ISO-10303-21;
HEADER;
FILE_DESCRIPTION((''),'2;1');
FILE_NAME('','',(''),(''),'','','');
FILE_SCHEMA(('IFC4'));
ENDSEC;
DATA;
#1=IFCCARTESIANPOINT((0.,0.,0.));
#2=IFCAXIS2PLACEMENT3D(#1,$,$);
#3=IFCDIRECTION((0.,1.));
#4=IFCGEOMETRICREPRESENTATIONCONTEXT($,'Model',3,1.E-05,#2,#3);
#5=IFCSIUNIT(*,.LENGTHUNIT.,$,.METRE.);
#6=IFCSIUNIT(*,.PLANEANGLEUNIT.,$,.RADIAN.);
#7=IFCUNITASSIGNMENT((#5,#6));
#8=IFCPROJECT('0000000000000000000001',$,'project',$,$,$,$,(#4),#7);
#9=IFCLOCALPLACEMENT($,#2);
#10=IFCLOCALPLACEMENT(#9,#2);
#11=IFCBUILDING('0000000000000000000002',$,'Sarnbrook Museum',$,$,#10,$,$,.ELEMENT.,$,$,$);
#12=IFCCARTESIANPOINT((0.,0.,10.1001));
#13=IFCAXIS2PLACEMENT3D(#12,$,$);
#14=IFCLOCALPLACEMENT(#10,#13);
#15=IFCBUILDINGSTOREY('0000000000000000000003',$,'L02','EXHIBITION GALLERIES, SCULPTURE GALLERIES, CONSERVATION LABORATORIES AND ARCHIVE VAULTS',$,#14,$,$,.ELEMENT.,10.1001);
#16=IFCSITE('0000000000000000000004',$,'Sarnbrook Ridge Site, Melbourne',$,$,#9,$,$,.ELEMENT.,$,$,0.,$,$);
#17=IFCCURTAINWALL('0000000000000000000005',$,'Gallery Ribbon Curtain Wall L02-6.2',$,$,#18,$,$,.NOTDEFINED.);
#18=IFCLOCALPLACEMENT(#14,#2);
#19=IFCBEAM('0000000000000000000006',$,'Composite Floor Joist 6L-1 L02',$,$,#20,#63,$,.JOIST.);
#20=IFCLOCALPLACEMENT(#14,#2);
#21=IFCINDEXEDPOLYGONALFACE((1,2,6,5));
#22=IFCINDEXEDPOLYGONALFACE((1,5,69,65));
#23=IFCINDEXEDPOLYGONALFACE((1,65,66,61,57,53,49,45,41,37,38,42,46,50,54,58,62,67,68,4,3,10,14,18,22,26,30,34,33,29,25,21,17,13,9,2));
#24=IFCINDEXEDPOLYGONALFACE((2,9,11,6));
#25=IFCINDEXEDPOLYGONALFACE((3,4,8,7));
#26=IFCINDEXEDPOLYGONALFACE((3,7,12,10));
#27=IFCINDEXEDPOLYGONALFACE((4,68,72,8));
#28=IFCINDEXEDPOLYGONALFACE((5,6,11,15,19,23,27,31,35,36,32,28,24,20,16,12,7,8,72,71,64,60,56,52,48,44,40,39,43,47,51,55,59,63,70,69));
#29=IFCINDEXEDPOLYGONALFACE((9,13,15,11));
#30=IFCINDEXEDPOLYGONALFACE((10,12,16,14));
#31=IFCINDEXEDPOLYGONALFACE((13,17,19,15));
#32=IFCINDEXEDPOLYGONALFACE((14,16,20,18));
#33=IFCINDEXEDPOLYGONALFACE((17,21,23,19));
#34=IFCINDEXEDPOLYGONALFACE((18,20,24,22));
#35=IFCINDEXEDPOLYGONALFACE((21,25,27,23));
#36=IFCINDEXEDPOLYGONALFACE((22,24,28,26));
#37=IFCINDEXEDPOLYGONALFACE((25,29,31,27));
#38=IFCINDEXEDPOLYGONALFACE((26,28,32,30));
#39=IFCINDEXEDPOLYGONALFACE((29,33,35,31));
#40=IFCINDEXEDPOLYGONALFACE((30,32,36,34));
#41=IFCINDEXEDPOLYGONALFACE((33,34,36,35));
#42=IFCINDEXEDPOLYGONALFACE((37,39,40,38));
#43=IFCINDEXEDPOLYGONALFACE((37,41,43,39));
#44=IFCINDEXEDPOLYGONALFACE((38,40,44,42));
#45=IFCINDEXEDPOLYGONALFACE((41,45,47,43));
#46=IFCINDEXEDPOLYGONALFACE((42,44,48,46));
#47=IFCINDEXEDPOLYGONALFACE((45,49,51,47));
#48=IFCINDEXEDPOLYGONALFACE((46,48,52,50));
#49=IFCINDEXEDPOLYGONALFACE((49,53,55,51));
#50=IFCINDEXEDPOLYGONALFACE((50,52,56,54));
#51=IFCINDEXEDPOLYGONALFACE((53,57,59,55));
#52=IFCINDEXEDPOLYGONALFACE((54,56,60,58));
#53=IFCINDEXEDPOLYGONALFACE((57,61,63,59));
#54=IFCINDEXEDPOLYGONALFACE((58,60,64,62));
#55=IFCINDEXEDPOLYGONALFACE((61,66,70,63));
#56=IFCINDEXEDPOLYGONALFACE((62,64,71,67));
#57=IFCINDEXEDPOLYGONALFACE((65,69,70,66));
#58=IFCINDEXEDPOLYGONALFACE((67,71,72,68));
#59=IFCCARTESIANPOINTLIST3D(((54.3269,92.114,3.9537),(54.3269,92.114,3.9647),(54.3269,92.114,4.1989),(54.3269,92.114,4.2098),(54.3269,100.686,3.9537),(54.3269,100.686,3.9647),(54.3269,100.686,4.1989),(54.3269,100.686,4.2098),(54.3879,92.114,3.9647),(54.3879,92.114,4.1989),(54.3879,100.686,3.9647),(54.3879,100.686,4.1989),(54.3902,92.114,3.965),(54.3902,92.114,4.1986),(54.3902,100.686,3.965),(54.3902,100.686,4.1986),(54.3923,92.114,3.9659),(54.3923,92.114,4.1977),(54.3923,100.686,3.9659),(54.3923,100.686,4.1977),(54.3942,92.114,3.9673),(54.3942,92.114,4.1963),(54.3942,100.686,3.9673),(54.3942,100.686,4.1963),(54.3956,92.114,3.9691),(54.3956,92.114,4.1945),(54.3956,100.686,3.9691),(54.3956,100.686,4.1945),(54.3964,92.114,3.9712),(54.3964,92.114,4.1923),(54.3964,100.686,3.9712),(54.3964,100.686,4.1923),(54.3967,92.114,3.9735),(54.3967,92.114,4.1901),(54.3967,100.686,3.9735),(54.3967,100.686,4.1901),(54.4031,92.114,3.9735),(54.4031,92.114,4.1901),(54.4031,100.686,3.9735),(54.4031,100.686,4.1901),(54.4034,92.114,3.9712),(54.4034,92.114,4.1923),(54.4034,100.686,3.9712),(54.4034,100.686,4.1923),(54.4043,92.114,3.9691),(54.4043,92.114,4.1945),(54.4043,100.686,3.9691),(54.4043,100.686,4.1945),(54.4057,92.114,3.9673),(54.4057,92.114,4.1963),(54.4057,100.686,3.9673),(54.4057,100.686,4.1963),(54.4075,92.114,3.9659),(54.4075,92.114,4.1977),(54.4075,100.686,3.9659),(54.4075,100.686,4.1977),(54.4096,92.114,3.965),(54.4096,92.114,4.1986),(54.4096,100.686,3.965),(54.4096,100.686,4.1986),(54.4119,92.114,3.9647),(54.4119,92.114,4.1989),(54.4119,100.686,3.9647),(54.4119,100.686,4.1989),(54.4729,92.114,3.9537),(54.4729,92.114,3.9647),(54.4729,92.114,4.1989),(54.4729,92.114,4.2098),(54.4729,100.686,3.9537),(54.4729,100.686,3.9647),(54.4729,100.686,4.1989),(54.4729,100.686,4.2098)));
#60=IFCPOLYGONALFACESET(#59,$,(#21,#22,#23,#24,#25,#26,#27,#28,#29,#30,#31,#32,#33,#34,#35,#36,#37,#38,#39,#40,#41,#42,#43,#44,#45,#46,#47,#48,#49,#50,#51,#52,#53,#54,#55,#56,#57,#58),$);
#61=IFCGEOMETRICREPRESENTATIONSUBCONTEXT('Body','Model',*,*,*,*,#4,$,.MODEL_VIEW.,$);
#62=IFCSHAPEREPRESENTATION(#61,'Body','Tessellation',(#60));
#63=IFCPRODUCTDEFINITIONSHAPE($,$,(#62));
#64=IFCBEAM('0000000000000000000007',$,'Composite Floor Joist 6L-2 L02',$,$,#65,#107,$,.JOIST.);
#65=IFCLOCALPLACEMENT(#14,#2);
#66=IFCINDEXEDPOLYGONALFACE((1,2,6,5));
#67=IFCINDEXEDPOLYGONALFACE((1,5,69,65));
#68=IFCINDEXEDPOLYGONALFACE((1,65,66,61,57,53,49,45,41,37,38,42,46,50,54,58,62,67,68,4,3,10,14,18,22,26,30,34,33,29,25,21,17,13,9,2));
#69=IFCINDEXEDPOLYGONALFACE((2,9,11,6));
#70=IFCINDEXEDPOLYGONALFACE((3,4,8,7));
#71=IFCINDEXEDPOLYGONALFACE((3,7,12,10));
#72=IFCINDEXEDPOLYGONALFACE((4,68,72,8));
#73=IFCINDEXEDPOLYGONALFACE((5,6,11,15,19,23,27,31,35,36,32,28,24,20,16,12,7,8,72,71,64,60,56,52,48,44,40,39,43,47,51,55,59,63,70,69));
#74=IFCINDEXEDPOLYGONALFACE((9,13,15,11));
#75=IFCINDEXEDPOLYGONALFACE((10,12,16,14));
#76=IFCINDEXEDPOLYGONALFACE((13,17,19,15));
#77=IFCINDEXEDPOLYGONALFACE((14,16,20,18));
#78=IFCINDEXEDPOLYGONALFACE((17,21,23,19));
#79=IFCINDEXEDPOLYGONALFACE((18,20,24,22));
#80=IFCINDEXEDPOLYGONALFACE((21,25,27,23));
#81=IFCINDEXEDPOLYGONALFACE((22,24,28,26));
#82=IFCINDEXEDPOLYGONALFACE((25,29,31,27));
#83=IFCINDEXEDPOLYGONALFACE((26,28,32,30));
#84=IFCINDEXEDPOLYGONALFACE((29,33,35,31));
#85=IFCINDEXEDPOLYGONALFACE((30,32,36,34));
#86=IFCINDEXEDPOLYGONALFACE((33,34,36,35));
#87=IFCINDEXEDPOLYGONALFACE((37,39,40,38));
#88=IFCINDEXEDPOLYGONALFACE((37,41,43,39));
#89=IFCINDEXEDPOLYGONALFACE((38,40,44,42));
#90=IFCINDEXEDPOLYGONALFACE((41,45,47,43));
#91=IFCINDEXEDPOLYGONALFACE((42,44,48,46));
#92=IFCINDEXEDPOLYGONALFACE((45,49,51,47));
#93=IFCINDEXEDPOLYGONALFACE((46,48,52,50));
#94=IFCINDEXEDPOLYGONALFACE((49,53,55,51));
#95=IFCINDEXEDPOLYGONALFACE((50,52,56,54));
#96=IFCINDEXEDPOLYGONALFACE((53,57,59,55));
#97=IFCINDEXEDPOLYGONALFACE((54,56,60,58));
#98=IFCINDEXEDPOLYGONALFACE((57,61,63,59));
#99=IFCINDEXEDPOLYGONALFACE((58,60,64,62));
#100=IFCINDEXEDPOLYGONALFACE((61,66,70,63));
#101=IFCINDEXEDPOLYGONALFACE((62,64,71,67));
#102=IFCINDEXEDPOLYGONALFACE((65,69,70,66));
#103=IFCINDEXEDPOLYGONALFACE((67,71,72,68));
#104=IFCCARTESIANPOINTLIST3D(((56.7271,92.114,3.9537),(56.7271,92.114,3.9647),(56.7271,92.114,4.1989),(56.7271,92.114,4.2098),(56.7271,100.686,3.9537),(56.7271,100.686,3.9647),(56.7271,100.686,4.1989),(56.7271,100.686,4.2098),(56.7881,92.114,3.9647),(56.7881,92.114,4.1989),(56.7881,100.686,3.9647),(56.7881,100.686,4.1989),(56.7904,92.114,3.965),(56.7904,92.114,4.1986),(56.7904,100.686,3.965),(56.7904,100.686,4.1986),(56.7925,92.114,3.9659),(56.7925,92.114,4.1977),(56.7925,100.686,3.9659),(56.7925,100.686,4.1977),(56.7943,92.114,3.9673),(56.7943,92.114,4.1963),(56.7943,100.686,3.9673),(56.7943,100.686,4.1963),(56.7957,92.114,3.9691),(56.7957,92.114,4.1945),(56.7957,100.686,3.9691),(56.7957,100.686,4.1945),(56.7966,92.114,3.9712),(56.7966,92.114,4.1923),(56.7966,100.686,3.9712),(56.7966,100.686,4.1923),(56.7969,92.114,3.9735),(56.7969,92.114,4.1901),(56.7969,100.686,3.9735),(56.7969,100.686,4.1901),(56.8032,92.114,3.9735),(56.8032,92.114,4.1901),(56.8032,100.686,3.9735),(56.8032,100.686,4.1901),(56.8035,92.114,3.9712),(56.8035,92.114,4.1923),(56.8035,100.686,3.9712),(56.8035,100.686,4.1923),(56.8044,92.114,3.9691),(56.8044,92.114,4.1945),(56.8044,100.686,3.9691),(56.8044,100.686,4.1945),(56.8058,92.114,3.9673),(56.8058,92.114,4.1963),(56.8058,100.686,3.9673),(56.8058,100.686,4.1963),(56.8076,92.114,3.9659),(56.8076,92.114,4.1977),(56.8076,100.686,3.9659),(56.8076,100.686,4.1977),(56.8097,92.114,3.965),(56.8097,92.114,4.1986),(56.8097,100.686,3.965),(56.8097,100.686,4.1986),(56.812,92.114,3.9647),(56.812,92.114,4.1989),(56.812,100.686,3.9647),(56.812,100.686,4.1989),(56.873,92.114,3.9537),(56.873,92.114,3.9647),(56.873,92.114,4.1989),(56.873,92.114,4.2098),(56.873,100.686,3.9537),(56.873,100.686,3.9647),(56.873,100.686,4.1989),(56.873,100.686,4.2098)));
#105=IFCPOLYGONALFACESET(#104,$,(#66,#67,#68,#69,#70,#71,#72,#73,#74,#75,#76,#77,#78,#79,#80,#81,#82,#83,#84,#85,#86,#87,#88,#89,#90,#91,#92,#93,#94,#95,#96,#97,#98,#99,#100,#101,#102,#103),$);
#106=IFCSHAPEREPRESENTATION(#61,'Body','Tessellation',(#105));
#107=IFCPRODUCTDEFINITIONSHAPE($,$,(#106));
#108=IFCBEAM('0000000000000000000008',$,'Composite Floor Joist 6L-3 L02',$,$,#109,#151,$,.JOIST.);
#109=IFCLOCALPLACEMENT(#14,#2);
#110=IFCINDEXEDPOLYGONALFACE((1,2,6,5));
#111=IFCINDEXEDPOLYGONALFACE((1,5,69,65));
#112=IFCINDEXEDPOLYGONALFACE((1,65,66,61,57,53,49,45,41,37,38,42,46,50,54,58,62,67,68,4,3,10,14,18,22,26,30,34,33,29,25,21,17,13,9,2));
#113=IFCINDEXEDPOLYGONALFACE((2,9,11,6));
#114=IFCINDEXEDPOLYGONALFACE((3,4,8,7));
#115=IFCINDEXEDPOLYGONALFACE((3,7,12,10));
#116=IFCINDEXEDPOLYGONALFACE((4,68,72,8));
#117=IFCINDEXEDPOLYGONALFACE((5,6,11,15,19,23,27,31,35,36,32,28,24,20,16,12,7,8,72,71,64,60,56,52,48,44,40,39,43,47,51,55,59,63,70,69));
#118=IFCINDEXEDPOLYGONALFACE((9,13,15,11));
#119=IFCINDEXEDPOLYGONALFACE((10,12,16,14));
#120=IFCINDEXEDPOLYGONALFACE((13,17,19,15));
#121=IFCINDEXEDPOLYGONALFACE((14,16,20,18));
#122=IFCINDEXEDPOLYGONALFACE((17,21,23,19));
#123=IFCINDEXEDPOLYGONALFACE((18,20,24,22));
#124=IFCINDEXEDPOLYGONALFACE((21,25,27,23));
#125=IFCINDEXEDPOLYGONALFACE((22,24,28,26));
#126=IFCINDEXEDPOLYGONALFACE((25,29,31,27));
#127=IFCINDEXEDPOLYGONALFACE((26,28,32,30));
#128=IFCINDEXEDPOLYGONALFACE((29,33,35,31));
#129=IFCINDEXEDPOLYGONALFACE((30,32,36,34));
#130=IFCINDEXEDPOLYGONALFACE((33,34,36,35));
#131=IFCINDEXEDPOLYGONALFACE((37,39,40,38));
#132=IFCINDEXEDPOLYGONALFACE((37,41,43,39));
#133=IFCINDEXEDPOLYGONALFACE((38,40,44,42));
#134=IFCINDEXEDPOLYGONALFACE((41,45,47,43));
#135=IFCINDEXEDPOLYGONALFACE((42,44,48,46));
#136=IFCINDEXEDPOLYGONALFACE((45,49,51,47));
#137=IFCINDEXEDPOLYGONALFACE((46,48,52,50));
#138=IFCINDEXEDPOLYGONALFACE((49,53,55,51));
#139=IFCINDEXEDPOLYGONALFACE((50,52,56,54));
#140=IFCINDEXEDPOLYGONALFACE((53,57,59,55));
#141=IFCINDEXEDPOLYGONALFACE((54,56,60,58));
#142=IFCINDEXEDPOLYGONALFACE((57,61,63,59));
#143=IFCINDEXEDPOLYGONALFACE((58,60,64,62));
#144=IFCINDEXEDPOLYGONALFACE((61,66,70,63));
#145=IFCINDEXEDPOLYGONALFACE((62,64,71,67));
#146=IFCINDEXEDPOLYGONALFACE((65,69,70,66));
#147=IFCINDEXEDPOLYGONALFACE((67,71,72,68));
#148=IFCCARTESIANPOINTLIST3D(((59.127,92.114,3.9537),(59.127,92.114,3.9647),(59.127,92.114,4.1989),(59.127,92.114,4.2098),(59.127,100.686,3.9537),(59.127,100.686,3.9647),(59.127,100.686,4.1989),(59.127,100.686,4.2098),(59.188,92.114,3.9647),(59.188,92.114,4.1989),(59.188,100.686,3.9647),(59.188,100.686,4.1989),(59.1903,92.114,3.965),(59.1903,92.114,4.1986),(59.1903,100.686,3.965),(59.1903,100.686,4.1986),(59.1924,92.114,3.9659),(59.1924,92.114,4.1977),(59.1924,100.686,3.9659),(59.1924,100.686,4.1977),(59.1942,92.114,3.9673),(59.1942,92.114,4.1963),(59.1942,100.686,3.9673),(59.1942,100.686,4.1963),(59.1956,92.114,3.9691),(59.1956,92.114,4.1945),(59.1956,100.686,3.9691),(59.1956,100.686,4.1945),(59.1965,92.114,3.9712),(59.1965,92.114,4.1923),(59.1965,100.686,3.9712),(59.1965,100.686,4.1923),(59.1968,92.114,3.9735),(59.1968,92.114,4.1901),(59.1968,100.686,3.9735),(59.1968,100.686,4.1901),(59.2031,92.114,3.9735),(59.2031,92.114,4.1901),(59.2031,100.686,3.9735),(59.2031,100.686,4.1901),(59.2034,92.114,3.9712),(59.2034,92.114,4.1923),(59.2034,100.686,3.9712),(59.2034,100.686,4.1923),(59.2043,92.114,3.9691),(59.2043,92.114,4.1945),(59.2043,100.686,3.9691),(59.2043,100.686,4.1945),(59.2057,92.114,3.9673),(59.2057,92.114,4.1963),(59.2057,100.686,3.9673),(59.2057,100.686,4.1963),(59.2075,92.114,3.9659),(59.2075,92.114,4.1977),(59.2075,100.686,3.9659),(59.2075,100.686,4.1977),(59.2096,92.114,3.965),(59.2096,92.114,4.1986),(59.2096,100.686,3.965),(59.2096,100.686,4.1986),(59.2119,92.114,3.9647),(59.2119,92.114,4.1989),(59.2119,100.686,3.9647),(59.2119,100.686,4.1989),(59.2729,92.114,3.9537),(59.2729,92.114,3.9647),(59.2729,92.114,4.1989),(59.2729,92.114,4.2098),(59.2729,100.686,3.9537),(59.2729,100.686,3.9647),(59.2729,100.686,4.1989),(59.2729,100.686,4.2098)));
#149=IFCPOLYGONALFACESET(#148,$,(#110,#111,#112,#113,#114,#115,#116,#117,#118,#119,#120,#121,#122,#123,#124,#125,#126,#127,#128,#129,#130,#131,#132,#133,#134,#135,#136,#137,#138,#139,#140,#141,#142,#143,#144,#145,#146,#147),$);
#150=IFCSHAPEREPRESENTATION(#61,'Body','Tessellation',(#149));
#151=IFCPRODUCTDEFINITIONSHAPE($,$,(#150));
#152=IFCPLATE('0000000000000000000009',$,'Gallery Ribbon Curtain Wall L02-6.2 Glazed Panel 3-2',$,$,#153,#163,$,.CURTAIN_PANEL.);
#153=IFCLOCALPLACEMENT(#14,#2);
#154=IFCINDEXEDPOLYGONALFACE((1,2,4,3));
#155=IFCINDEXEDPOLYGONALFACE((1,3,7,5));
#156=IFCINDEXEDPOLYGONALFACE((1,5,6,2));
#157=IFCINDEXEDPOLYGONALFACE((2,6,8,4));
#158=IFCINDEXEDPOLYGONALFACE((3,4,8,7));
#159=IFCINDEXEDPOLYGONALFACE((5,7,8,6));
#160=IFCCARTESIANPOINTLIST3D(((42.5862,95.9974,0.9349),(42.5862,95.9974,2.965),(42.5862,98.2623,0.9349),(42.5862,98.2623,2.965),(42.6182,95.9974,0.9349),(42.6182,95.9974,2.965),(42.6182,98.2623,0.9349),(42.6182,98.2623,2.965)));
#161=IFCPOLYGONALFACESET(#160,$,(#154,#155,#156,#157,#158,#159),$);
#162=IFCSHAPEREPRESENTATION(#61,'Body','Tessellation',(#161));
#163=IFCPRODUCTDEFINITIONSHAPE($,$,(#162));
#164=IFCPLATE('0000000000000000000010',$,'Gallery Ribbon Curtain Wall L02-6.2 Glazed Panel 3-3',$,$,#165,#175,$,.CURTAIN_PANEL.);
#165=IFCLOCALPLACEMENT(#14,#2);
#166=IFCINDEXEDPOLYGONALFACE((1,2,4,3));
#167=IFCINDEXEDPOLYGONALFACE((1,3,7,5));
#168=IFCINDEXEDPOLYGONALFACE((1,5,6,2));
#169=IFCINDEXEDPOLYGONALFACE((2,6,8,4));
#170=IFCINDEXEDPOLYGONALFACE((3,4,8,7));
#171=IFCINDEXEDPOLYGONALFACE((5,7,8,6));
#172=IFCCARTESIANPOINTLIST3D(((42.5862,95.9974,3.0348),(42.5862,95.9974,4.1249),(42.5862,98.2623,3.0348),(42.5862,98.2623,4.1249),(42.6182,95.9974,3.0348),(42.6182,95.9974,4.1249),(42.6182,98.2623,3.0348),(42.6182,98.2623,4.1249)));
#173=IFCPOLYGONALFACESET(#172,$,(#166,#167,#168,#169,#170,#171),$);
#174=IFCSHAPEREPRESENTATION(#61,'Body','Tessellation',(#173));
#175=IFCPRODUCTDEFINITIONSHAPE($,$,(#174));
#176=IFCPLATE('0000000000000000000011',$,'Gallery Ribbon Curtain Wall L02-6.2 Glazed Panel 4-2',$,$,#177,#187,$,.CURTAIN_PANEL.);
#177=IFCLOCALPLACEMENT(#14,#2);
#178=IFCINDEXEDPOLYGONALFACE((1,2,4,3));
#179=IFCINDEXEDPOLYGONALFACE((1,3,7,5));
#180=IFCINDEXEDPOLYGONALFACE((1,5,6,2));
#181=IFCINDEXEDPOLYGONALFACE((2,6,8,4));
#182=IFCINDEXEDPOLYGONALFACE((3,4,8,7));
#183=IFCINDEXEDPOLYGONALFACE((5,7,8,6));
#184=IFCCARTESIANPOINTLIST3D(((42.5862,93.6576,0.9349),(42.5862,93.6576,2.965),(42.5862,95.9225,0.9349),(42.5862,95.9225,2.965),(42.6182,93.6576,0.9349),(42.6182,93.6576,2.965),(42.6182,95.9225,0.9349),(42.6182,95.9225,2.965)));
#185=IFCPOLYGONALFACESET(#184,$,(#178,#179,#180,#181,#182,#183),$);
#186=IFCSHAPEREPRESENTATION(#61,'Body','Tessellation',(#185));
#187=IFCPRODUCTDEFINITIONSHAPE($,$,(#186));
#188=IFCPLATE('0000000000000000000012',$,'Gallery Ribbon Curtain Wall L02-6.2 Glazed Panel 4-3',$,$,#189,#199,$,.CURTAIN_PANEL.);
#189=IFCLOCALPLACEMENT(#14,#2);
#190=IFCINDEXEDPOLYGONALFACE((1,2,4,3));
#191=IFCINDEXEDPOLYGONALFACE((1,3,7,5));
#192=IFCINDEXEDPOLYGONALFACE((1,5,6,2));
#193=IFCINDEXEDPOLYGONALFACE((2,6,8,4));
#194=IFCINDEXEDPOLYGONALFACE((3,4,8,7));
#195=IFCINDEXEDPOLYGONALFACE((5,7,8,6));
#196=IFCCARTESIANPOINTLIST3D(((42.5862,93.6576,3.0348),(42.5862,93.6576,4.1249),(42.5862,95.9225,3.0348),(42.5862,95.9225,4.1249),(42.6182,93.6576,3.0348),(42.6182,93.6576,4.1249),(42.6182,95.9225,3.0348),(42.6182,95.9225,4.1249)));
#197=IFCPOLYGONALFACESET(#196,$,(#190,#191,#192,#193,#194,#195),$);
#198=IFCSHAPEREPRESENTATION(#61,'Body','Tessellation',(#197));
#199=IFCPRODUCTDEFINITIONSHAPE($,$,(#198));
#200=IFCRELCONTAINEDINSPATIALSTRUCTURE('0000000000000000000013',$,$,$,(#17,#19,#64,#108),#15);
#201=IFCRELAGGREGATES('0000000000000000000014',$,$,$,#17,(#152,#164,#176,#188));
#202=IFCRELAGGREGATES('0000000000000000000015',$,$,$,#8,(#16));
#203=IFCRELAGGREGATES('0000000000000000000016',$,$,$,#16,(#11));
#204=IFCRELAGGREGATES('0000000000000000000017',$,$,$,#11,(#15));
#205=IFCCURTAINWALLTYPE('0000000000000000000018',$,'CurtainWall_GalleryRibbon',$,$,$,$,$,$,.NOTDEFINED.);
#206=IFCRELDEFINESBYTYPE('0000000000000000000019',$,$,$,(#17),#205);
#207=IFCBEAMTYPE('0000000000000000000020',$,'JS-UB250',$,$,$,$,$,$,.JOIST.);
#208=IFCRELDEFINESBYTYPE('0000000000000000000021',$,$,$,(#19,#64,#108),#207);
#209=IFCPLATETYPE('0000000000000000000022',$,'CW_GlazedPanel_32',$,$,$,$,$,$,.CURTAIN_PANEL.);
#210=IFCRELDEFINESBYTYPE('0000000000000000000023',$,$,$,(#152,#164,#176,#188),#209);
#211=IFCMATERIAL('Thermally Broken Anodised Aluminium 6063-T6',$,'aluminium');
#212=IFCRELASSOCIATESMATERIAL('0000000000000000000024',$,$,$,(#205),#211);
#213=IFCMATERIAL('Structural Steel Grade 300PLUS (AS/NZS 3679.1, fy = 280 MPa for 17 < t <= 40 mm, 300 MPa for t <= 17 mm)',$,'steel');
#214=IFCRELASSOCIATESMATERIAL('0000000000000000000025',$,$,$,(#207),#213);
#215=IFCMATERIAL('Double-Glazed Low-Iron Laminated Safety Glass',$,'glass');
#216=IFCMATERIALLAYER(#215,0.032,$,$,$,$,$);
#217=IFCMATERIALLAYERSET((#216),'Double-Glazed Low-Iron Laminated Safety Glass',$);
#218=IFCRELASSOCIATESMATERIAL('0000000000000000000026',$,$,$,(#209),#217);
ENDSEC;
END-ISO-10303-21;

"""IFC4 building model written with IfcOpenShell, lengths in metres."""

from ifc_helpers import new_model, si_unit, direction, frame, origin, origin_2d, place, context, subcontext, project, spatial, rectangle, i_section, extrude, material, layer, layer_set, material_profile, profile_set, type_object, element, aggregate, save


model = new_model("IFC4")

# Units and contexts
model_context = context("Model", 3, precision=1e-05, world=origin(), true_north=direction((0.0, 1.0)))
body_context = subcontext(model_context, "Body", "Model", "MODEL_VIEW")
ifc_project = project(units=[si_unit("LENGTHUNIT", "METRE"), si_unit("PLANEANGLEUNIT", "RADIAN")], contexts=[model_context])

# Site, building, storey
site_placement = place(None, origin())
site = spatial("IfcSite", under=ifc_project, at=site_placement, Name="Sarnbrook Ridge Site, Melbourne", CompositionType="ELEMENT", RefElevation=0.0)
building_placement = place(site_placement, origin())
building = spatial("IfcBuilding", under=site, at=building_placement, Name="Sarnbrook Museum", CompositionType="ELEMENT")
storey_placement = place(building_placement, frame((0.0, 0.0, 10.1001)))
storey = spatial("IfcBuildingStorey", under=building, at=storey_placement, Name="L02", Description="EXHIBITION GALLERIES, SCULPTURE GALLERIES, CONSERVATION LABORATORIES AND ARCHIVE VAULTS", CompositionType="ELEMENT", Elevation=10.1001)

# Shared definitions
ifc_material_1 = material(Name="Structural Steel Grade 300PLUS (AS/NZS 3679.1, fy = 280 MPa for 17 < t <= 40 mm, 300 MPa for t <= 17 mm)", Category="steel")

# Curtain wall
ifc_material_2 = material(Name="Thermally Broken Anodised Aluminium 6063-T6", Category="aluminium")
curtain_wall_type = type_object("IfcCurtainWallType", Name="CurtainWall_GalleryRibbon", PredefinedType="NOTDEFINED", material=ifc_material_2)
curtain_wall_placement = place(storey_placement, origin())
curtain_wall = element("IfcCurtainWall", 1, at=curtain_wall_placement, inside=storey, type_object=curtain_wall_type, Name="Gallery Ribbon Curtain Wall L02-6.2", PredefinedType="NOTDEFINED")

# Beams
ifc_material_profile_1 = material_profile(ifc_material_1, i_section(OverallWidth=0.146, OverallDepth=0.2561, WebThickness=0.0063, FlangeThickness=0.011, FilletRadius=0.0088, at=origin_2d()), Name="250UB37.3")
ifc_profile_set_1 = profile_set([ifc_material_profile_1], Name="Structural Steel Grade 300PLUS (AS/NZS 3679.1, fy = 280 MPa for 17 < t <= 40 mm, 300 MPa for t <= 17 mm)")
beam_type_1 = type_object("IfcBeamType", Name="JS-UB250", PredefinedType="JOIST", material=ifc_profile_set_1)
for number, where, z_axis, x_axis, name in (
    (2, (54.3999, 92.114, 4.0818), (0.0, 1.0, 0.0), (-1.0, 0.0, 0.0), "Composite Floor Joist 6L-1 L02"),
    (3, (56.8, 92.114, 4.0818), (0.0, 1.0, 0.0), (-1.0, 0.0, 0.0), "Composite Floor Joist 6L-2 L02"),
    (4, (59.2, 92.114, 4.0818), (0.0, 1.0, 0.0), (-1.0, 0.0, 0.0), "Composite Floor Joist 6L-3 L02"),
):
    element("IfcBeam", number, at=place(storey_placement, frame(where, z_axis=z_axis, x_axis=x_axis)), inside=storey, type_object=beam_type_1, Name=name, PredefinedType="JOIST", context=body_context, shape_type="SweptSolid", body=[
        extrude(i_section(OverallWidth=0.146, OverallDepth=0.2561, WebThickness=0.0063, FlangeThickness=0.011, FilletRadius=0.0088, at=origin_2d()), origin(), (0.0, 0.0, 1.0), 8.572),
    ])

# Plates
ifc_material_3 = material(Name="Double-Glazed Low-Iron Laminated Safety Glass", Category="glass")
ifc_layer_1 = layer(ifc_material_3, 0.032)
ifc_layer_set_1 = layer_set([ifc_layer_1], Name="Double-Glazed Low-Iron Laminated Safety Glass")
plate_type_1 = type_object("IfcPlateType", Name="CW_GlazedPanel_32", PredefinedType="CURTAIN_PANEL", material=ifc_layer_set_1)
plate_1_placement = place(storey_placement, frame((42.6182, 97.1299, 1.95), z_axis=(-1.0, 0.0, 0.0), x_axis=(0.0, -1.0, 0.0)))
plate_1 = element("IfcPlate", 5, at=plate_1_placement, type_object=plate_type_1, Name="Gallery Ribbon Curtain Wall L02-6.2 Glazed Panel 3-2", PredefinedType="CURTAIN_PANEL", context=body_context, shape_type="SweptSolid", body=[
    extrude(rectangle(XDim=2.2649, YDim=2.03, at=origin_2d()), origin(), (0.0, 0.0, 1.0), 0.032),
])
plate_2_placement = place(storey_placement, frame((42.6182, 97.1299, 3.5798), z_axis=(-1.0, 0.0, 0.0), x_axis=(0.0, -1.0, 0.0)))
plate_2 = element("IfcPlate", 6, at=plate_2_placement, type_object=plate_type_1, Name="Gallery Ribbon Curtain Wall L02-6.2 Glazed Panel 3-3", PredefinedType="CURTAIN_PANEL", context=body_context, shape_type="SweptSolid", body=[
    extrude(rectangle(XDim=2.2649, YDim=1.0901, at=origin_2d()), origin(), (0.0, 0.0, 1.0), 0.032),
])
plate_3_placement = place(storey_placement, frame((42.6182, 94.79, 1.95), z_axis=(-1.0, 0.0, 0.0), x_axis=(0.0, -1.0, 0.0)))
plate_3 = element("IfcPlate", 7, at=plate_3_placement, type_object=plate_type_1, Name="Gallery Ribbon Curtain Wall L02-6.2 Glazed Panel 4-2", PredefinedType="CURTAIN_PANEL", context=body_context, shape_type="SweptSolid", body=[
    extrude(rectangle(XDim=2.2649, YDim=2.03, at=origin_2d()), origin(), (0.0, 0.0, 1.0), 0.032),
])
plate_4_placement = place(storey_placement, frame((42.6182, 94.79, 3.5798), z_axis=(-1.0, 0.0, 0.0), x_axis=(0.0, -1.0, 0.0)))
plate_4 = element("IfcPlate", 8, at=plate_4_placement, type_object=plate_type_1, Name="Gallery Ribbon Curtain Wall L02-6.2 Glazed Panel 4-3", PredefinedType="CURTAIN_PANEL", context=body_context, shape_type="SweptSolid", body=[
    extrude(rectangle(XDim=2.2649, YDim=1.0901, at=origin_2d()), origin(), (0.0, 0.0, 1.0), 0.032),
])
aggregate(curtain_wall, [plate_1, plate_2, plate_3, plate_4])

save(model, "model.ifc")
